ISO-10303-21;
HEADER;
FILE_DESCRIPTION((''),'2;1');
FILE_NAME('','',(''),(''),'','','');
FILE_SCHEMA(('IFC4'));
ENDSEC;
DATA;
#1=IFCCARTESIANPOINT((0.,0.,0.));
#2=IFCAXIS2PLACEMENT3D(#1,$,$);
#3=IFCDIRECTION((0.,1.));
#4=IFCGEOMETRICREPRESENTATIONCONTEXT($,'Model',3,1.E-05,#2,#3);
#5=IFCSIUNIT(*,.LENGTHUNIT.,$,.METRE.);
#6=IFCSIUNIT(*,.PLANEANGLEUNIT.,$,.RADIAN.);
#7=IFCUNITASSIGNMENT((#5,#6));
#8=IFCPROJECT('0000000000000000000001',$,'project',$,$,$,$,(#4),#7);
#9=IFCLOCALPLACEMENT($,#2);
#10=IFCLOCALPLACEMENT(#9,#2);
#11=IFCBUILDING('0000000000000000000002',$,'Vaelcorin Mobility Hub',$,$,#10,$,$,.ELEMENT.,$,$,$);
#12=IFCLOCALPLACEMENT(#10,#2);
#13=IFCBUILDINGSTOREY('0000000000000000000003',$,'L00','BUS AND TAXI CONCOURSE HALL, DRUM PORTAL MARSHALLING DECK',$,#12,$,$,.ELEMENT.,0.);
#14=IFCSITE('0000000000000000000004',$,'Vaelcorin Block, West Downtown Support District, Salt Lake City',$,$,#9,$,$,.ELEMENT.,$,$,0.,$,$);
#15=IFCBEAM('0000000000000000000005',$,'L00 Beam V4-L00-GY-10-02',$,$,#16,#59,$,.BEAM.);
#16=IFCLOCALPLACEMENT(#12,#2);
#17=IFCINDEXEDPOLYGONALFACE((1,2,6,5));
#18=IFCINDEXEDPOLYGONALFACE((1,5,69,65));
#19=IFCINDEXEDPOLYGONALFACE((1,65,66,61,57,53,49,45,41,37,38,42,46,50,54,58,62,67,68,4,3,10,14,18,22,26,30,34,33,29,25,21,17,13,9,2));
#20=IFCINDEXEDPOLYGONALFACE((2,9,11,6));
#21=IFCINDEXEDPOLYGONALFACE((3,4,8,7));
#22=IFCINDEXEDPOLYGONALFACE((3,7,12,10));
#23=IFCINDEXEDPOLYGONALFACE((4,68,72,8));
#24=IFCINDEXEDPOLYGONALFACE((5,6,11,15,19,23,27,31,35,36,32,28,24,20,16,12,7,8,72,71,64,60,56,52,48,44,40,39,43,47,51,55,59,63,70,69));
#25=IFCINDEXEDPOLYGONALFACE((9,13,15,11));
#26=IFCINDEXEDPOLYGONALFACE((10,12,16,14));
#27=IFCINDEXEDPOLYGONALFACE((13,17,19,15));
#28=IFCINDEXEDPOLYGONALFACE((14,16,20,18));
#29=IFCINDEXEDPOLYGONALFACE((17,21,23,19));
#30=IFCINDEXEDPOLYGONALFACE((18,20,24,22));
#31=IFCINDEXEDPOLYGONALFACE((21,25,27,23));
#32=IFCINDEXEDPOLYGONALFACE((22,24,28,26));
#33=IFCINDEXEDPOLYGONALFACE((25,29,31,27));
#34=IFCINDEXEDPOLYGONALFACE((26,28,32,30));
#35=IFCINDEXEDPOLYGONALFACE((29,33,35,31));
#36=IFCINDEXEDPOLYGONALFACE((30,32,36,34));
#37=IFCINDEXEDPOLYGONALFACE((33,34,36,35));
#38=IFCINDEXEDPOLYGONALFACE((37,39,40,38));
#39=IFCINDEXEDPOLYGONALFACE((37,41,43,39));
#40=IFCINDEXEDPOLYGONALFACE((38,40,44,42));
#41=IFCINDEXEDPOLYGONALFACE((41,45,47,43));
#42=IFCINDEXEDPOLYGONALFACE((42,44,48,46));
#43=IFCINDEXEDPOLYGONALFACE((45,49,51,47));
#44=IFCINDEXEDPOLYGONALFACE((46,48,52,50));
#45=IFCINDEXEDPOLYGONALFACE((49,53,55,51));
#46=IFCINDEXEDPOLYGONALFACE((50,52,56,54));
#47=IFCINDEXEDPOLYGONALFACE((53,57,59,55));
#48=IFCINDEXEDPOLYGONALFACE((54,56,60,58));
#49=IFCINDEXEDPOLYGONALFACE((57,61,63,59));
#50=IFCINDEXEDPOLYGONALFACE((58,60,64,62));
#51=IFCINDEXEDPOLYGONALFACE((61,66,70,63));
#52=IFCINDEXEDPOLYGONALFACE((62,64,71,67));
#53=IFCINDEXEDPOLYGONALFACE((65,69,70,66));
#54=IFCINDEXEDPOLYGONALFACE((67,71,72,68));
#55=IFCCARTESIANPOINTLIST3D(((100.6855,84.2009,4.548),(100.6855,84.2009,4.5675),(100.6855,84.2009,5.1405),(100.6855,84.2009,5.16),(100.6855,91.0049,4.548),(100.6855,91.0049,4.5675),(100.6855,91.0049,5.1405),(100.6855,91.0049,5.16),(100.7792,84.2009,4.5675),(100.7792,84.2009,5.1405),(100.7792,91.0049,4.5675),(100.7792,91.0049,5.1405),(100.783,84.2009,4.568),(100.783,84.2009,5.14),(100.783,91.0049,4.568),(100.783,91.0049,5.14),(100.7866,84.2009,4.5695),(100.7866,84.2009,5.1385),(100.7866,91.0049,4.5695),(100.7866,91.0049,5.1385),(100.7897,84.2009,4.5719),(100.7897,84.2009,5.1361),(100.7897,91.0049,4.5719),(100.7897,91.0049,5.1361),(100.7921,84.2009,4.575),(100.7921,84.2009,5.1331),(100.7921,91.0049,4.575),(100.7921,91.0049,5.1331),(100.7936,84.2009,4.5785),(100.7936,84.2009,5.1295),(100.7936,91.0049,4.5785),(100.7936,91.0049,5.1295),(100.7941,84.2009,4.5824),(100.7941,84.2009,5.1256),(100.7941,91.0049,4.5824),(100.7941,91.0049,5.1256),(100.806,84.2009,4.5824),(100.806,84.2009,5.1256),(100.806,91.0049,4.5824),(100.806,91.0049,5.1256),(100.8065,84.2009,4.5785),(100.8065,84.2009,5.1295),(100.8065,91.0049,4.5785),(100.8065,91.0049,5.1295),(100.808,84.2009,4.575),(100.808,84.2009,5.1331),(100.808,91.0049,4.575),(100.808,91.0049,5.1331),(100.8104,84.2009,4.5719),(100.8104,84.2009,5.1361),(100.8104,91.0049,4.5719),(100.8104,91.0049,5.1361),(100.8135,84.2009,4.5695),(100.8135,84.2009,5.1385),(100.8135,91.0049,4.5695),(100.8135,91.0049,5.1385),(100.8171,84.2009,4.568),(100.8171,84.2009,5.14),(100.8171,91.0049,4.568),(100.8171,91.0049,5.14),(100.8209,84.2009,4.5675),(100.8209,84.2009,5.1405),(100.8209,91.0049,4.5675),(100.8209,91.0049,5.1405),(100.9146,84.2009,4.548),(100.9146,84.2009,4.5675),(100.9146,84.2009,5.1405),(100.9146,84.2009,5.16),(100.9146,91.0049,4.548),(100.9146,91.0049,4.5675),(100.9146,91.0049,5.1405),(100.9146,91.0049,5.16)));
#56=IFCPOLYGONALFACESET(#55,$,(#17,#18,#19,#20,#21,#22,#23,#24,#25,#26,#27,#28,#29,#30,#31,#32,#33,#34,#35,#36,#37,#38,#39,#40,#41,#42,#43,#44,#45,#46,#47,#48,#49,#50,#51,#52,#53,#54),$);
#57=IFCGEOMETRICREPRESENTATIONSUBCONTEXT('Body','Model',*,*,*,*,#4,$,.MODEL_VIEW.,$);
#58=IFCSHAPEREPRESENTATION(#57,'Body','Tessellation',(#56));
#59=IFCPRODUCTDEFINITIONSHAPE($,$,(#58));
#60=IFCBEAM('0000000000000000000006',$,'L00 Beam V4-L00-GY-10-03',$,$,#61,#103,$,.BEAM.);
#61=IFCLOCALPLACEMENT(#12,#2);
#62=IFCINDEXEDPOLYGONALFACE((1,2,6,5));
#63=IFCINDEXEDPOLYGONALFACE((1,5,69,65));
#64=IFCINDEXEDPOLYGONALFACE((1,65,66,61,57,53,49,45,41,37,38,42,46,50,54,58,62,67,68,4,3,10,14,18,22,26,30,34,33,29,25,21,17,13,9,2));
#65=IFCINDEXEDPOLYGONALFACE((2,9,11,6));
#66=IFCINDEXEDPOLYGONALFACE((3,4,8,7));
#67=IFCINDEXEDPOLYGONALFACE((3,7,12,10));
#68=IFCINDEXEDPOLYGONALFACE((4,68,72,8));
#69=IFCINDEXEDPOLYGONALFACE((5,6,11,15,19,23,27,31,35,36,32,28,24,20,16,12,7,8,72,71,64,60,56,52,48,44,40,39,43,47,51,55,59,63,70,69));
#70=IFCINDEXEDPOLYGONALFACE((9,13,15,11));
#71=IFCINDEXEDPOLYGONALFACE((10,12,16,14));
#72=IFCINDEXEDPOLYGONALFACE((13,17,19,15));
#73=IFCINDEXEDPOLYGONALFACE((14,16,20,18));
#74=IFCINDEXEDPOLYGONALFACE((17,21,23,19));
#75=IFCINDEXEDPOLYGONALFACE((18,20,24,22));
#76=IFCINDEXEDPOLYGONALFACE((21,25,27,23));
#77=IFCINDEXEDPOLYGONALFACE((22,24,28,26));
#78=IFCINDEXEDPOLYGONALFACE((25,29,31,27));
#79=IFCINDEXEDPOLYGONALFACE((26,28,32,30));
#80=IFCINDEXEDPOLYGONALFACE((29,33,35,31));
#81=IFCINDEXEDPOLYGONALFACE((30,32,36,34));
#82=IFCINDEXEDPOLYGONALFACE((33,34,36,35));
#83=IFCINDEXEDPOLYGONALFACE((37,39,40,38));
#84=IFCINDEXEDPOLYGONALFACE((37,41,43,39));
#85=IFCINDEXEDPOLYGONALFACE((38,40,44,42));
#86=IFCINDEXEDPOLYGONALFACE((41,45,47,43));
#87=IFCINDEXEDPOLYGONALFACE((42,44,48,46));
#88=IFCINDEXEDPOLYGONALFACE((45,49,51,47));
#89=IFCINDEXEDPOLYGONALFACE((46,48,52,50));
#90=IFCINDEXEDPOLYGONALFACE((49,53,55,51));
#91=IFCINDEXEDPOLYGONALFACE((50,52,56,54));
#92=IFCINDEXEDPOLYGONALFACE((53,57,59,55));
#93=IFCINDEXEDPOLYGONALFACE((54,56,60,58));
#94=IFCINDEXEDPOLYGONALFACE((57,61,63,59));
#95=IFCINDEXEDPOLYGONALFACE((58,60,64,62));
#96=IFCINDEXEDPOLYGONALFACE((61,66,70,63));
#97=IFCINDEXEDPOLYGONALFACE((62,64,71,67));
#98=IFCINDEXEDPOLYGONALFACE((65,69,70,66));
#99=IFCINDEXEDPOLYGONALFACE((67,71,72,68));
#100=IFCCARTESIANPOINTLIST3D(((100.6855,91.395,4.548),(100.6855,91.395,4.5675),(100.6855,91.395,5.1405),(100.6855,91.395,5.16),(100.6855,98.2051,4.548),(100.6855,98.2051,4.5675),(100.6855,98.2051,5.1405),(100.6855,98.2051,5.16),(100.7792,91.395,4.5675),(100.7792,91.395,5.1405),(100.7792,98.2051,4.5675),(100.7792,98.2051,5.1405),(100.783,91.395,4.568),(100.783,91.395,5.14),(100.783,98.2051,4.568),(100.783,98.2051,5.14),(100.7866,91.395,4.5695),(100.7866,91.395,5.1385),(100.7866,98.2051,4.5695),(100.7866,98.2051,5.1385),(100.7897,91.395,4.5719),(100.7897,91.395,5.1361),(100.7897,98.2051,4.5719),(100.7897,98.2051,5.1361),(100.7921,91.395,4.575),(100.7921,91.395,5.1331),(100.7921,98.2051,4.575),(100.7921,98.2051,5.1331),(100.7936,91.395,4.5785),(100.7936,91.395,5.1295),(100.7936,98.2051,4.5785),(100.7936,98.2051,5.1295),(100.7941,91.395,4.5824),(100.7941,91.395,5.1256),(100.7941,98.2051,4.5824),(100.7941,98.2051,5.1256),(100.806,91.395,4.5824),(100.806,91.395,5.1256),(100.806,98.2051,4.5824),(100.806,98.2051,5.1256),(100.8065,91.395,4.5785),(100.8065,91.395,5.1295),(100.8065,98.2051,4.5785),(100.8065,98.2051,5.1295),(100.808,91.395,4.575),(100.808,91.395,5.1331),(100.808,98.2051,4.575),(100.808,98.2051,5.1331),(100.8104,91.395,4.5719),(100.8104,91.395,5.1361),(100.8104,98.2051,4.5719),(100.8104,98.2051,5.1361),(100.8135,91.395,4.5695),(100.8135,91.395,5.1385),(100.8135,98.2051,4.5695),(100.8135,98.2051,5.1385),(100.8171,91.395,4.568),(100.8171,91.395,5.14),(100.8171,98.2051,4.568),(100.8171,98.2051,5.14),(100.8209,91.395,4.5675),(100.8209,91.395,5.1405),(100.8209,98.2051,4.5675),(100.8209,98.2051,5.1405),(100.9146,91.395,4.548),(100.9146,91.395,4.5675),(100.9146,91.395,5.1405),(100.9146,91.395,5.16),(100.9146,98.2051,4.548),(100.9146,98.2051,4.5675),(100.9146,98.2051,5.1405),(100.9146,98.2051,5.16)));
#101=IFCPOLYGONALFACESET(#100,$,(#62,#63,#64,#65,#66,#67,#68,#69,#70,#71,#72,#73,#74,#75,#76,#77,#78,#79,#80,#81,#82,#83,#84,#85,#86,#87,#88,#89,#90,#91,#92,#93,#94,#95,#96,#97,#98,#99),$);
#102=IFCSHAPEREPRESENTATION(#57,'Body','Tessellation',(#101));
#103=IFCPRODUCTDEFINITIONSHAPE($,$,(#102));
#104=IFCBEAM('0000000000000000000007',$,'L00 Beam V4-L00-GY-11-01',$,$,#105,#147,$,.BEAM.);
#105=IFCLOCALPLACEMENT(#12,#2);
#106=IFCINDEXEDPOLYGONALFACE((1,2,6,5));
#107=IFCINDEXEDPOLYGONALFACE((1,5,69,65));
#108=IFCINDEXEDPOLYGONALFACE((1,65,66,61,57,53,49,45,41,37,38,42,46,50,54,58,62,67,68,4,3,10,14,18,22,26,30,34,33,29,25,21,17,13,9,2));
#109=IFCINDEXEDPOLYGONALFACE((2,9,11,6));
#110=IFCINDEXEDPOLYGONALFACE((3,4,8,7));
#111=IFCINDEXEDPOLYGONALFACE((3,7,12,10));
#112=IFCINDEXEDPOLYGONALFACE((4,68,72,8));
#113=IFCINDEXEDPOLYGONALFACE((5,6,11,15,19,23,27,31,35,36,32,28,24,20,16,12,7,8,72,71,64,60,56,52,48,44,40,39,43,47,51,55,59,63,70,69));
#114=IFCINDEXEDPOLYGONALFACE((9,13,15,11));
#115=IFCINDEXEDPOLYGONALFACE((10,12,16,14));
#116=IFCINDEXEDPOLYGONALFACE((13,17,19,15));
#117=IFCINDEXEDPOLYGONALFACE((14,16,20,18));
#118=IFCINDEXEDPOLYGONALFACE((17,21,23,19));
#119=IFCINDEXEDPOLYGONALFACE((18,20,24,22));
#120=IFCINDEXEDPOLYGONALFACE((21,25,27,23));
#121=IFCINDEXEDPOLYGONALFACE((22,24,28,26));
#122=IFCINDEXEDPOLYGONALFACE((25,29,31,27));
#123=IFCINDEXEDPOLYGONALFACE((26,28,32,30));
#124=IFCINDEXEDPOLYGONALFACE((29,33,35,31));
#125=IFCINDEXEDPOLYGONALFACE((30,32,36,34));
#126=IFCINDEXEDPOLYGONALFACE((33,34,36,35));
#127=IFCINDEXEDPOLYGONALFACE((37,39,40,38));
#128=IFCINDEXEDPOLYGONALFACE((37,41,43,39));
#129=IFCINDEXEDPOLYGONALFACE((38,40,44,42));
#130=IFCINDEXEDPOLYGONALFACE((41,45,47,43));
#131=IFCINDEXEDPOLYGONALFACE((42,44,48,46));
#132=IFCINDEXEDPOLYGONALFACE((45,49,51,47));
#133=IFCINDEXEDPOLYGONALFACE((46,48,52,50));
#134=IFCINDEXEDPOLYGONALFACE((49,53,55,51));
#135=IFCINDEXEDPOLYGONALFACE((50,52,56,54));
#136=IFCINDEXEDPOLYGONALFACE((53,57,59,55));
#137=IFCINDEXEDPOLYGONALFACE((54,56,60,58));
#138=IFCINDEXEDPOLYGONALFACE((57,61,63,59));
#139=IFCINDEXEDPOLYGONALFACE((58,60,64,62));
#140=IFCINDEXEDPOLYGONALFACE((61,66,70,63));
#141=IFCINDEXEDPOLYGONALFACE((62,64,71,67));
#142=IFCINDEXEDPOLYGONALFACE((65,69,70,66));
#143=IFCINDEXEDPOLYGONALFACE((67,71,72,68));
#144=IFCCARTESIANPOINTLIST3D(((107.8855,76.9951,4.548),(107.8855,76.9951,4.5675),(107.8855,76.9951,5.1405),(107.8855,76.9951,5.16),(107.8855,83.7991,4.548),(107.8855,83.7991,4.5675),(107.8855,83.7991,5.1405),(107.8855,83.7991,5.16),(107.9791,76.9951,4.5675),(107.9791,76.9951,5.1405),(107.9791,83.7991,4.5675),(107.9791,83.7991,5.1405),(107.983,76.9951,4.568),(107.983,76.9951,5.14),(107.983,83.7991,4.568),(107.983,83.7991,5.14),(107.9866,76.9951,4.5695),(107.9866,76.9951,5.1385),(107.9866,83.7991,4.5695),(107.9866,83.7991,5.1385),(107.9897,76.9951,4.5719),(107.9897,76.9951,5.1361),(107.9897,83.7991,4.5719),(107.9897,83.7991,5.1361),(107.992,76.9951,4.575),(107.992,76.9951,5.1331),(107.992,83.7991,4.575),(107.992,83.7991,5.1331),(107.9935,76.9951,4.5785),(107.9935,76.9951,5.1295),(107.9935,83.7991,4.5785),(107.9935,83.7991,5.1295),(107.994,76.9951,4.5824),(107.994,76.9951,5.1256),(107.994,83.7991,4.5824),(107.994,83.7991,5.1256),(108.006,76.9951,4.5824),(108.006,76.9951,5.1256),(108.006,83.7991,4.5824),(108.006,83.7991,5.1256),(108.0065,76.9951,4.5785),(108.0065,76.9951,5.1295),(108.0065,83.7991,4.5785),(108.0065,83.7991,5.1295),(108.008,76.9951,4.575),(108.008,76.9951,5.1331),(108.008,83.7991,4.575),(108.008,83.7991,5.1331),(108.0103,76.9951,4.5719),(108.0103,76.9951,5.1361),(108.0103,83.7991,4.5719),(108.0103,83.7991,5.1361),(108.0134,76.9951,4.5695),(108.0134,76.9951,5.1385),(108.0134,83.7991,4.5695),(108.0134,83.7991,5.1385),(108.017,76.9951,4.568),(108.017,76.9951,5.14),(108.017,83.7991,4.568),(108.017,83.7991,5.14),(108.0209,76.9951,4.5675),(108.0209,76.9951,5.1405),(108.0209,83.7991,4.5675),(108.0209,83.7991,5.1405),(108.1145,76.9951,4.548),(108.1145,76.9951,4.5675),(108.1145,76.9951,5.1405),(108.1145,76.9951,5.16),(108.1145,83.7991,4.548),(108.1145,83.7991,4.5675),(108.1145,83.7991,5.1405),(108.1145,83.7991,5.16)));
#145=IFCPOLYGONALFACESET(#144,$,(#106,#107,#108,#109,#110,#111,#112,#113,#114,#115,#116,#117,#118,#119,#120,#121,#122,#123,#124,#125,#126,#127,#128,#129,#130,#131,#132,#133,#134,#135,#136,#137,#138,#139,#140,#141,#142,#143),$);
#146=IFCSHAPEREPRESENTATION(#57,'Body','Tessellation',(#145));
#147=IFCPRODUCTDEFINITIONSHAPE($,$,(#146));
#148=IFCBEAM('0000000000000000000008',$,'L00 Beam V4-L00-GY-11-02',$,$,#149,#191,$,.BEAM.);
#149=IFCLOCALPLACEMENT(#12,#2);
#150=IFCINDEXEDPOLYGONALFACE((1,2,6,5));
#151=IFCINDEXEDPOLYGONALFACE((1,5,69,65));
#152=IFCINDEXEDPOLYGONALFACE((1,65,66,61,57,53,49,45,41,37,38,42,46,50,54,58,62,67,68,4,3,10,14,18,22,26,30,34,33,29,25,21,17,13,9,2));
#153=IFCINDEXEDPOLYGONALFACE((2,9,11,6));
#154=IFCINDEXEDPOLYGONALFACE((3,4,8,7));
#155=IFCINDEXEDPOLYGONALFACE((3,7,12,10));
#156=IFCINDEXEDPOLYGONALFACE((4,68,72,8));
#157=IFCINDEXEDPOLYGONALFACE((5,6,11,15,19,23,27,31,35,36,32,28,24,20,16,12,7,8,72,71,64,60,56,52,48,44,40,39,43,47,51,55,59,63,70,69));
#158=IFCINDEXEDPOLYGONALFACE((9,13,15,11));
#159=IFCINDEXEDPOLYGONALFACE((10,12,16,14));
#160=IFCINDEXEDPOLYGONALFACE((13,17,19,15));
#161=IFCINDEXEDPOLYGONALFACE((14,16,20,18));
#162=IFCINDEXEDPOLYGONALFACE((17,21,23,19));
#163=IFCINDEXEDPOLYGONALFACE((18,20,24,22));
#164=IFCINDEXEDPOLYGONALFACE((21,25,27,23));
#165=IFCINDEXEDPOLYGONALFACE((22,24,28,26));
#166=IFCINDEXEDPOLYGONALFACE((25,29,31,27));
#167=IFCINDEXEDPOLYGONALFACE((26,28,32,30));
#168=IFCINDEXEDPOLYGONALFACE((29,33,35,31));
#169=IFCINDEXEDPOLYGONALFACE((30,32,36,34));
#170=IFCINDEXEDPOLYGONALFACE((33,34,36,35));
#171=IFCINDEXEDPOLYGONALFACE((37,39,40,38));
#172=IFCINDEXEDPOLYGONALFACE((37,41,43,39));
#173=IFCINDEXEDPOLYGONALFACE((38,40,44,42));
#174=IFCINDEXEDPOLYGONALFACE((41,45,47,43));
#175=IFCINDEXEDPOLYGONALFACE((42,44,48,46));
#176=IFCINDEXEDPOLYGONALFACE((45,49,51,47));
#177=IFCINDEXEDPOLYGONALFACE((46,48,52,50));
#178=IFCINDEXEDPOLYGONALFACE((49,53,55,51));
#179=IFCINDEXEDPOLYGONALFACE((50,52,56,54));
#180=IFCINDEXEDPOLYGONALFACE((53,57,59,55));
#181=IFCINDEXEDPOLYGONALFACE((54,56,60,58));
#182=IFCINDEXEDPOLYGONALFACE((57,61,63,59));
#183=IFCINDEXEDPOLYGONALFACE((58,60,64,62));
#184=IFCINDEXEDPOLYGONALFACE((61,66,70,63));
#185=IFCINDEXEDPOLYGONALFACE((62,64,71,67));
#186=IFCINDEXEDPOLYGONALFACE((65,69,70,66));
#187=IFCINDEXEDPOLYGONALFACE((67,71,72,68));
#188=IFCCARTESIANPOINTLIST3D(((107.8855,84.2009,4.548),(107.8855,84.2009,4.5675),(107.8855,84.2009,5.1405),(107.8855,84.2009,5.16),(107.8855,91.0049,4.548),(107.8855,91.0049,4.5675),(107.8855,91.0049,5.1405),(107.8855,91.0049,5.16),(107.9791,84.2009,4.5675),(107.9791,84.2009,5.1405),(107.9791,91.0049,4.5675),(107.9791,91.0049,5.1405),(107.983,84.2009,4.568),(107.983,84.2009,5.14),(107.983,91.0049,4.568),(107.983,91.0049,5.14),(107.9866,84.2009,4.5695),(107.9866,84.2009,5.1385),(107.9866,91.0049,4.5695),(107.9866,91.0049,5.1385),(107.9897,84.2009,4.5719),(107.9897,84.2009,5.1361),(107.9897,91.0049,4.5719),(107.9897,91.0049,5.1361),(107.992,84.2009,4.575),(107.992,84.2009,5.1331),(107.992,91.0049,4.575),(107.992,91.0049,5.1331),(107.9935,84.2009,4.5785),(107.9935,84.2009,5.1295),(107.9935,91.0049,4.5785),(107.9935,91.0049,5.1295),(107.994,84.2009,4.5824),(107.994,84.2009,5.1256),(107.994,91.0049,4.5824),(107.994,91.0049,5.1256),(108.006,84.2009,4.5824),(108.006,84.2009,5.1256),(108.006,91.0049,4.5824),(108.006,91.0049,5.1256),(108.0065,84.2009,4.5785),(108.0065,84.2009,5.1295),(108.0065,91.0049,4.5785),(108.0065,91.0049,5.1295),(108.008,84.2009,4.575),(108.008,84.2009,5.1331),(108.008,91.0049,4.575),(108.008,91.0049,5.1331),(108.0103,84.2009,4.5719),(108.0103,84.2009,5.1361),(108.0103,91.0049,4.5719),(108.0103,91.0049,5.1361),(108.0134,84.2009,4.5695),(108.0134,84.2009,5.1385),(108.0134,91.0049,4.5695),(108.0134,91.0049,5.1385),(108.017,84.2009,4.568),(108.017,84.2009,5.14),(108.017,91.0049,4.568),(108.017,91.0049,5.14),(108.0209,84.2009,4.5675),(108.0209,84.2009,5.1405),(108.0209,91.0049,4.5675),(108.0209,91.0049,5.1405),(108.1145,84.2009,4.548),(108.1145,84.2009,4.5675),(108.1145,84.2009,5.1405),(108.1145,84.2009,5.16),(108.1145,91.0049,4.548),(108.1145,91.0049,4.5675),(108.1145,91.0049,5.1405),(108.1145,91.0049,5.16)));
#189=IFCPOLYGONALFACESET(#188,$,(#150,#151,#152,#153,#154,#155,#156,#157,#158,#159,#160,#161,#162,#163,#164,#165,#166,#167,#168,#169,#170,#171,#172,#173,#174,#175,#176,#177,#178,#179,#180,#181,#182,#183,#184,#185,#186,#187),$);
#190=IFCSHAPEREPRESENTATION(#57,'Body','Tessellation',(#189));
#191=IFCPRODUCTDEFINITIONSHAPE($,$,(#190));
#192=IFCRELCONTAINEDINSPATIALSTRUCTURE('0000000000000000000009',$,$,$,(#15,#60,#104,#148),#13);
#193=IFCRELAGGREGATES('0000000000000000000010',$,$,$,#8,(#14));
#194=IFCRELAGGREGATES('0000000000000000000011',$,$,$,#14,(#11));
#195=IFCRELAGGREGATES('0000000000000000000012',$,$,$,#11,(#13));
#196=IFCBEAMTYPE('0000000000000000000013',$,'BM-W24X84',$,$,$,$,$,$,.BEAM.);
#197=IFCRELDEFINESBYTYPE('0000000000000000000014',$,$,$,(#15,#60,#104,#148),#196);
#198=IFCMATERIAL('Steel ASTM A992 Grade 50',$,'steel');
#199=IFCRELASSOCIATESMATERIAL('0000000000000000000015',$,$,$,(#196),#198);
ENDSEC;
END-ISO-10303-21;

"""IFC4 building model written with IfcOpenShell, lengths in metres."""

from ifc_helpers import new_model, si_unit, direction, frame, origin, origin_2d, place, context, subcontext, project, spatial, i_section, extrude, material, material_profile, profile_set, type_object, element, save


model = new_model("IFC4")

# Units and contexts
model_context = context("Model", 3, precision=1e-05, world=origin(), true_north=direction((0.0, 1.0)))
body_context = subcontext(model_context, "Body", "Model", "MODEL_VIEW")
ifc_project = project(units=[si_unit("LENGTHUNIT", "METRE"), si_unit("PLANEANGLEUNIT", "RADIAN")], contexts=[model_context])

# Site, building, storey
site_placement = place(None, origin())
site = spatial("IfcSite", under=ifc_project, at=site_placement, Name="Vaelcorin Block, West Downtown Support District, Salt Lake City", CompositionType="ELEMENT", RefElevation=0.0)
building_placement = place(site_placement, origin())
building = spatial("IfcBuilding", under=site, at=building_placement, Name="Vaelcorin Mobility Hub", CompositionType="ELEMENT")
storey_placement = place(building_placement, origin())
storey = spatial("IfcBuildingStorey", under=building, at=storey_placement, Name="L00", Description="BUS AND TAXI CONCOURSE HALL, DRUM PORTAL MARSHALLING DECK", CompositionType="ELEMENT", Elevation=0.0)

# Shared definitions
ifc_material_1 = material(Name="Steel ASTM A992 Grade 50", Category="steel")

# Beams
ifc_material_profile_1 = material_profile(ifc_material_1, i_section(OverallWidth=0.229, OverallDepth=0.6121, WebThickness=0.012, FlangeThickness=0.0195, FilletRadius=0.0149, at=origin_2d()), Name="W24X84")
ifc_profile_set_1 = profile_set([ifc_material_profile_1], Name="Steel ASTM A992 Grade 50")
beam_type_1 = type_object("IfcBeamType", Name="BM-W24X84", PredefinedType="BEAM", material=ifc_profile_set_1)
for number, where, z_axis, x_axis, name in (
    (1, (100.8, 84.2009, 4.854), (0.0, 1.0, 0.0), (-1.0, 0.0, 0.0), "L00 Beam V4-L00-GY-10-02"),
):
    element("IfcBeam", number, at=place(storey_placement, frame(where, z_axis=z_axis, x_axis=x_axis)), inside=storey, type_object=beam_type_1, Name=name, PredefinedType="BEAM", context=body_context, shape_type="SweptSolid", body=[
        extrude(i_section(OverallWidth=0.229, OverallDepth=0.6121, WebThickness=0.012, FlangeThickness=0.0195, FilletRadius=0.0149, at=origin_2d()), origin(), (0.0, 0.0, 1.0), 6.804),
    ])
beam_1_placement = place(storey_placement, frame((100.8, 91.395, 4.854), z_axis=(0.0, 1.0, 0.0), x_axis=(-1.0, 0.0, 0.0)))
element("IfcBeam", 2, at=beam_1_placement, inside=storey, type_object=beam_type_1, Name="L00 Beam V4-L00-GY-10-03", PredefinedType="BEAM", context=body_context, shape_type="SweptSolid", body=[
    extrude(i_section(OverallWidth=0.229, OverallDepth=0.6121, WebThickness=0.012, FlangeThickness=0.0195, FilletRadius=0.0149, at=origin_2d()), origin(), (0.0, 0.0, 1.0), 6.8101),
])
for number, where, z_axis, x_axis, name in (
    (3, (108.0, 76.9951, 4.854), (0.0, 1.0, 0.0), (-1.0, 0.0, 0.0), "L00 Beam V4-L00-GY-11-01"),
    (4, (108.0, 84.2009, 4.854), (0.0, 1.0, 0.0), (-1.0, 0.0, 0.0), "L00 Beam V4-L00-GY-11-02"),
):
    element("IfcBeam", number, at=place(storey_placement, frame(where, z_axis=z_axis, x_axis=x_axis)), inside=storey, type_object=beam_type_1, Name=name, PredefinedType="BEAM", context=body_context, shape_type="SweptSolid", body=[
        extrude(i_section(OverallWidth=0.229, OverallDepth=0.6121, WebThickness=0.012, FlangeThickness=0.0195, FilletRadius=0.0149, at=origin_2d()), origin(), (0.0, 0.0, 1.0), 6.804),
    ])

save(model, "model.ifc")
